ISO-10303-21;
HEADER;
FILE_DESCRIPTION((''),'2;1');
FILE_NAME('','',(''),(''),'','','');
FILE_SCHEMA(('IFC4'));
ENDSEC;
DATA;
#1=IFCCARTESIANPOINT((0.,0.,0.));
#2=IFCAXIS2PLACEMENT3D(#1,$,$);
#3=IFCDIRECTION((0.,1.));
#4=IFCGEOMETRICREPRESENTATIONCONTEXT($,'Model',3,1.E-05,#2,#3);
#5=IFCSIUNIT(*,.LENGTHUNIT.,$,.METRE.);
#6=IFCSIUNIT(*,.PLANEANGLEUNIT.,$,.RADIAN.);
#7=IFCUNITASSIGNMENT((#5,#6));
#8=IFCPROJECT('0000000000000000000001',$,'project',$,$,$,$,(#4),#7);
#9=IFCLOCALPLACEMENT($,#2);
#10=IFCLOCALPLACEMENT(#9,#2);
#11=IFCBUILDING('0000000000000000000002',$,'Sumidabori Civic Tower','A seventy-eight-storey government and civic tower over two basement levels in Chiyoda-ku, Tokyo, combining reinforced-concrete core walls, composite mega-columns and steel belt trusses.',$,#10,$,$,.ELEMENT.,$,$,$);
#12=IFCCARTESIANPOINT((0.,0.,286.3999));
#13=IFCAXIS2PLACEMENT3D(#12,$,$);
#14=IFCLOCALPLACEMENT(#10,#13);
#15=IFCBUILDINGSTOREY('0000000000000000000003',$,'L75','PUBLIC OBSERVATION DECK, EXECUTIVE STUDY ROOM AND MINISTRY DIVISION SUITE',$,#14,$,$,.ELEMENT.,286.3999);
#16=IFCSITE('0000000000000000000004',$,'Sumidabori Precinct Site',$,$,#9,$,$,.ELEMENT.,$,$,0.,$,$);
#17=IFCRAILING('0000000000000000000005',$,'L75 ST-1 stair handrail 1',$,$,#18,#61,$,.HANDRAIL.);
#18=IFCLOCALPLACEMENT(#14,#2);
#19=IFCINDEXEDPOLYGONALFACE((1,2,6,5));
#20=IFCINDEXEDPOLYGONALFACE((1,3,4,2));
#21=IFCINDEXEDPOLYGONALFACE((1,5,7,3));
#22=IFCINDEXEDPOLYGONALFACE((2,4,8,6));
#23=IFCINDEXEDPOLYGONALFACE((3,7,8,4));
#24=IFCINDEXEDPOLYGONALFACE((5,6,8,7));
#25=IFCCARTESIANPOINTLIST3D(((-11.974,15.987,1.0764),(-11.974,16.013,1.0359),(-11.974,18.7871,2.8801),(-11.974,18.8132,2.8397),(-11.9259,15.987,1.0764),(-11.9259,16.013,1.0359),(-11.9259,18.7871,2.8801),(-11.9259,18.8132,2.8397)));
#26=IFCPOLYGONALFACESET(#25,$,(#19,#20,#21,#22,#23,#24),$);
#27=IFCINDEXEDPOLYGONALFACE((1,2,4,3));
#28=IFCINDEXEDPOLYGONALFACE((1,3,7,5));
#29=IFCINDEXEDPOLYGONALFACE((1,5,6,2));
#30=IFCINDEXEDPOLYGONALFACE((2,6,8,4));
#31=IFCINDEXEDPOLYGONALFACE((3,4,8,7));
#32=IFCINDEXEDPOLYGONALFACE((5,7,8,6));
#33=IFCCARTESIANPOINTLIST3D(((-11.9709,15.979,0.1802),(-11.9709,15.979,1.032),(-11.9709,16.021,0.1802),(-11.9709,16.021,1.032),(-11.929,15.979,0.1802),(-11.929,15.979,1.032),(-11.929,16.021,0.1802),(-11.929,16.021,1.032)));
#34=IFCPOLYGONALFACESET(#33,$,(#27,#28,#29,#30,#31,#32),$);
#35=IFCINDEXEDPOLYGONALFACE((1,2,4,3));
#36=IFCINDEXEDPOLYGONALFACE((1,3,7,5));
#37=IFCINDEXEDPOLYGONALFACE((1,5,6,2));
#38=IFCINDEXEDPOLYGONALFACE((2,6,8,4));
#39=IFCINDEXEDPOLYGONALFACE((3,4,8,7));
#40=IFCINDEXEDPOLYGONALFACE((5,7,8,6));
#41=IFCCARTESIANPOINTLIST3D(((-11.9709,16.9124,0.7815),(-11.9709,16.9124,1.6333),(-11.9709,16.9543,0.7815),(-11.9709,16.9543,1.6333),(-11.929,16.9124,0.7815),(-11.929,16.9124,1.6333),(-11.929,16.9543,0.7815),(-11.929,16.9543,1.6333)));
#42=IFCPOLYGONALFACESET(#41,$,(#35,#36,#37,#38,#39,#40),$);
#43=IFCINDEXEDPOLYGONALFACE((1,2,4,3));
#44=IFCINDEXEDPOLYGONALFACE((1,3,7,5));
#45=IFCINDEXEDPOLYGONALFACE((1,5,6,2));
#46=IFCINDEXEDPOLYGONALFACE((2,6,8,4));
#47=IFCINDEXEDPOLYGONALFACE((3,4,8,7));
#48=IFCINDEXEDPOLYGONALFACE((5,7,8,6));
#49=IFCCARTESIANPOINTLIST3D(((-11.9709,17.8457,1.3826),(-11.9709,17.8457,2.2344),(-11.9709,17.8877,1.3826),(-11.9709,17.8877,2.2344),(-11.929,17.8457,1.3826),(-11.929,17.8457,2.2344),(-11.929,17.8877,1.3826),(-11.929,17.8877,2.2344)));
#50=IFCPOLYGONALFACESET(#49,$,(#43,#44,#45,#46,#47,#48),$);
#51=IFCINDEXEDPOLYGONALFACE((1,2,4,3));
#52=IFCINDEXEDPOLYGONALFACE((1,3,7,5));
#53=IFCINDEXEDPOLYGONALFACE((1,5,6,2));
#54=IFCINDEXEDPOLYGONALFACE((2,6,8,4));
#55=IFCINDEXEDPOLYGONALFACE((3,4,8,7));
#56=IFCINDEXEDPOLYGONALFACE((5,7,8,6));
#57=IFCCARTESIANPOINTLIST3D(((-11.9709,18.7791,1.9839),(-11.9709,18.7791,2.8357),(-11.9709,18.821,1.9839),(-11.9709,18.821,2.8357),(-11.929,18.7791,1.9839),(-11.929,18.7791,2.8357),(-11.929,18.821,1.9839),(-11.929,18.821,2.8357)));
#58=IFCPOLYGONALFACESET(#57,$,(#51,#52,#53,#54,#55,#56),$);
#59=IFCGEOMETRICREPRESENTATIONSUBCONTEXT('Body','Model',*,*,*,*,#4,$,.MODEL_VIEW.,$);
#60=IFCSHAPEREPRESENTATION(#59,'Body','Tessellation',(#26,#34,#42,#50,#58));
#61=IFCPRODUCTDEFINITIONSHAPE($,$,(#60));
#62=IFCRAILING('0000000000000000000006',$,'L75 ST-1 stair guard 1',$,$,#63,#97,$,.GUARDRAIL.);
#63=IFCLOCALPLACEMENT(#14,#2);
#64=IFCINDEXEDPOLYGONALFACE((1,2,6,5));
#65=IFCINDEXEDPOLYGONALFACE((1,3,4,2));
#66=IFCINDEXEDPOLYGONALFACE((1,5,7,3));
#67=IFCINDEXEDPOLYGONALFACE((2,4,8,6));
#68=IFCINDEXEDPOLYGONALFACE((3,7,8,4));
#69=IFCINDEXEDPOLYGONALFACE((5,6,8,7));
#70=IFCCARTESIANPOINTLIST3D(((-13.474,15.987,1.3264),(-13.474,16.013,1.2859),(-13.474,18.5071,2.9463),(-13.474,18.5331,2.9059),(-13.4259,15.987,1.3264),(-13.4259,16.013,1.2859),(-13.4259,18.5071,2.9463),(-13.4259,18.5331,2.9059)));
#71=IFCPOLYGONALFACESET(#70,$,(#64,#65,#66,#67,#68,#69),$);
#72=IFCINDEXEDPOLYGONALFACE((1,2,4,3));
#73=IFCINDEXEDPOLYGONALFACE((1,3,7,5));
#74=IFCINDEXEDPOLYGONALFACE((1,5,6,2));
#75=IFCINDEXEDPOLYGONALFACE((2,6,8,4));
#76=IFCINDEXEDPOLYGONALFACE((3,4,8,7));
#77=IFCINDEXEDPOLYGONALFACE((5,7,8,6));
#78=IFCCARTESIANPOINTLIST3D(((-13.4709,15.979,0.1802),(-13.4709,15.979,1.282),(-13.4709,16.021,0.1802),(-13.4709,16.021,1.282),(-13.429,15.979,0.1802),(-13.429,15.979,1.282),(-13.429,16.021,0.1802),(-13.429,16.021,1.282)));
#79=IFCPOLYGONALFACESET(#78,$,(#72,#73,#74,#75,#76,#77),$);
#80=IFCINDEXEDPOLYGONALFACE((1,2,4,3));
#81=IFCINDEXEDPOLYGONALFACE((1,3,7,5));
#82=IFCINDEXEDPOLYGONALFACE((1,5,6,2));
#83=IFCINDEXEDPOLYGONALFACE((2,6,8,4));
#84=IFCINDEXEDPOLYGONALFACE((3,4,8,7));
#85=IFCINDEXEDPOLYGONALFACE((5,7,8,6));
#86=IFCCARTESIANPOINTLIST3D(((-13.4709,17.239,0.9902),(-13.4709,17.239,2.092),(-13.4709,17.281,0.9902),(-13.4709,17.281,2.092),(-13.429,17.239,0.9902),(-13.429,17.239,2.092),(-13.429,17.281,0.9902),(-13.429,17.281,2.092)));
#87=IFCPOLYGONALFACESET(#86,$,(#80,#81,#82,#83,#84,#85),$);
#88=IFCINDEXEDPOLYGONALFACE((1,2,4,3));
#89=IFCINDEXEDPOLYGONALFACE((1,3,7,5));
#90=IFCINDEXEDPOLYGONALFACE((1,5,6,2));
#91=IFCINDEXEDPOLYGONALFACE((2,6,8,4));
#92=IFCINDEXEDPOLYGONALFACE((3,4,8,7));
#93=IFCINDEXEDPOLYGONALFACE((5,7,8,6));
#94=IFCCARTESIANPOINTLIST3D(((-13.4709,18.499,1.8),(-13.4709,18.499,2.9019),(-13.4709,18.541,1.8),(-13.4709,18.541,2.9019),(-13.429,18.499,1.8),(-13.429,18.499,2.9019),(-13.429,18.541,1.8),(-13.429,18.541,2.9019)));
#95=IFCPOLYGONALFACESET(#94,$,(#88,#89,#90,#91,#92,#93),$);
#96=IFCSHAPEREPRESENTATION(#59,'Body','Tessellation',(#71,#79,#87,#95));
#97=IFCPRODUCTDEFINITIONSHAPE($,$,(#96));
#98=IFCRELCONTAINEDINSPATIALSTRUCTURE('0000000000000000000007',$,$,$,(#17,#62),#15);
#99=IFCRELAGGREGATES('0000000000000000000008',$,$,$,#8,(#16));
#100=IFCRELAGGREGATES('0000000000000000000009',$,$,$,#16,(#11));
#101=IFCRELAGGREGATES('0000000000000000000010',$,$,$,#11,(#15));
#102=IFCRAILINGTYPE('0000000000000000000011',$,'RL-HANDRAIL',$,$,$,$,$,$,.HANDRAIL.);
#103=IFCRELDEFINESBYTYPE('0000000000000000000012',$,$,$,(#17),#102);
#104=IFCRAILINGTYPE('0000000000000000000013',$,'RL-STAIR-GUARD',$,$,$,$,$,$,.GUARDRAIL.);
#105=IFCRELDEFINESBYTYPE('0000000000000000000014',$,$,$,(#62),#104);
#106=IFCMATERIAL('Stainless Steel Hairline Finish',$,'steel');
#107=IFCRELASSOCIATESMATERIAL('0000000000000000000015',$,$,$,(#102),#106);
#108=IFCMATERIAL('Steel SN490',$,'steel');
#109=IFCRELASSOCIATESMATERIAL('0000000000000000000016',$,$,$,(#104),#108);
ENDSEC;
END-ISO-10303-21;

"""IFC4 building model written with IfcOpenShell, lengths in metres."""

from ifc_helpers import new_model, si_unit, direction, frame, origin, origin_2d, place, context, subcontext, project, spatial, rectangle, extrude, material, type_object, element, save


model = new_model("IFC4")

# Units and contexts
model_context = context("Model", 3, precision=1e-05, world=origin(), true_north=direction((0.0, 1.0)))
body_context = subcontext(model_context, "Body", "Model", "MODEL_VIEW")
ifc_project = project(units=[si_unit("LENGTHUNIT", "METRE"), si_unit("PLANEANGLEUNIT", "RADIAN")], contexts=[model_context])

# Site, building, storey
site_placement = place(None, origin())
site = spatial("IfcSite", under=ifc_project, at=site_placement, Name="Sumidabori Precinct Site", CompositionType="ELEMENT", RefElevation=0.0)
building_placement = place(site_placement, origin())
building = spatial("IfcBuilding", under=site, at=building_placement, Name="Sumidabori Civic Tower", Description="A seventy-eight-storey government and civic tower over two basement levels in Chiyoda-ku, Tokyo, combining reinforced-concrete core walls, composite mega-columns and steel belt trusses.", CompositionType="ELEMENT")
storey_placement = place(building_placement, frame((0.0, 0.0, 286.3999)))
storey = spatial("IfcBuildingStorey", under=building, at=storey_placement, Name="L75", Description="PUBLIC OBSERVATION DECK, EXECUTIVE STUDY ROOM AND MINISTRY DIVISION SUITE", CompositionType="ELEMENT", Elevation=286.3999)

# Shared definitions
ifc_material_1 = material(Name="Stainless Steel Hairline Finish", Category="steel")

# Shared definitions
ifc_material_2 = material(Name="Steel SN490", Category="steel")

# Railings
railing_type_1 = type_object("IfcRailingType", Name="RL-HANDRAIL", PredefinedType="HANDRAIL", material=ifc_material_1)
railing_1_placement = place(storey_placement, frame((-11.95, 16.0, 0.1802)))
element("IfcRailing", 1, at=railing_1_placement, inside=storey, type_object=railing_type_1, Name="L75 ST-1 stair handrail 1", PredefinedType="HANDRAIL", context=body_context, shape_type="SweptSolid", body=[
    extrude(rectangle(XDim=0.0481, YDim=0.0481, at=origin_2d()), frame((0.0, 0.0, 0.876), z_axis=(0.0, 0.840676, 0.541539), x_axis=(-1.0, 0.0, 0.0)), (0.0, 0.0, 1.0), 3.3308),
    extrude(rectangle(XDim=0.042, YDim=0.042, at=origin_2d()), origin(), (0.0, 0.0, 1.0), 0.8518),
    extrude(rectangle(XDim=0.042, YDim=0.042, at=origin_2d()), frame((0.0, 0.9333, 0.6013)), (0.0, 0.0, 1.0), 0.8518),
    extrude(rectangle(XDim=0.042, YDim=0.042, at=origin_2d()), frame((0.0, 1.8667, 1.2024)), (0.0, 0.0, 1.0), 0.8518),
    extrude(rectangle(XDim=0.042, YDim=0.042, at=origin_2d()), frame((0.0, 2.8, 1.8037)), (0.0, 0.0, 1.0), 0.8518),
])
railing_type_2 = type_object("IfcRailingType", Name="RL-STAIR-GUARD", PredefinedType="GUARDRAIL", material=ifc_material_2)
railing_2_placement = place(storey_placement, frame((-13.45, 16.0, 0.1802)))
element("IfcRailing", 2, at=railing_2_placement, inside=storey, type_object=railing_type_2, Name="L75 ST-1 stair guard 1", PredefinedType="GUARDRAIL", context=body_context, shape_type="SweptSolid", body=[
    extrude(rectangle(XDim=0.0481, YDim=0.0481, at=origin_2d()), frame((0.0, 0.0, 1.126), z_axis=(0.0, 0.8412, 0.540725), x_axis=(-1.0, 0.0, 0.0)), (0.0, 0.0, 1.0), 2.9958),
    extrude(rectangle(XDim=0.042, YDim=0.042, at=origin_2d()), origin(), (0.0, 0.0, 1.0), 1.1018),
    extrude(rectangle(XDim=0.042, YDim=0.042, at=origin_2d()), frame((0.0, 1.26, 0.8101)), (0.0, 0.0, 1.0), 1.1018),
    extrude(rectangle(XDim=0.042, YDim=0.042, at=origin_2d()), frame((0.0, 2.52, 1.6199)), (0.0, 0.0, 1.0), 1.1018),
])

save(model, "model.ifc")
